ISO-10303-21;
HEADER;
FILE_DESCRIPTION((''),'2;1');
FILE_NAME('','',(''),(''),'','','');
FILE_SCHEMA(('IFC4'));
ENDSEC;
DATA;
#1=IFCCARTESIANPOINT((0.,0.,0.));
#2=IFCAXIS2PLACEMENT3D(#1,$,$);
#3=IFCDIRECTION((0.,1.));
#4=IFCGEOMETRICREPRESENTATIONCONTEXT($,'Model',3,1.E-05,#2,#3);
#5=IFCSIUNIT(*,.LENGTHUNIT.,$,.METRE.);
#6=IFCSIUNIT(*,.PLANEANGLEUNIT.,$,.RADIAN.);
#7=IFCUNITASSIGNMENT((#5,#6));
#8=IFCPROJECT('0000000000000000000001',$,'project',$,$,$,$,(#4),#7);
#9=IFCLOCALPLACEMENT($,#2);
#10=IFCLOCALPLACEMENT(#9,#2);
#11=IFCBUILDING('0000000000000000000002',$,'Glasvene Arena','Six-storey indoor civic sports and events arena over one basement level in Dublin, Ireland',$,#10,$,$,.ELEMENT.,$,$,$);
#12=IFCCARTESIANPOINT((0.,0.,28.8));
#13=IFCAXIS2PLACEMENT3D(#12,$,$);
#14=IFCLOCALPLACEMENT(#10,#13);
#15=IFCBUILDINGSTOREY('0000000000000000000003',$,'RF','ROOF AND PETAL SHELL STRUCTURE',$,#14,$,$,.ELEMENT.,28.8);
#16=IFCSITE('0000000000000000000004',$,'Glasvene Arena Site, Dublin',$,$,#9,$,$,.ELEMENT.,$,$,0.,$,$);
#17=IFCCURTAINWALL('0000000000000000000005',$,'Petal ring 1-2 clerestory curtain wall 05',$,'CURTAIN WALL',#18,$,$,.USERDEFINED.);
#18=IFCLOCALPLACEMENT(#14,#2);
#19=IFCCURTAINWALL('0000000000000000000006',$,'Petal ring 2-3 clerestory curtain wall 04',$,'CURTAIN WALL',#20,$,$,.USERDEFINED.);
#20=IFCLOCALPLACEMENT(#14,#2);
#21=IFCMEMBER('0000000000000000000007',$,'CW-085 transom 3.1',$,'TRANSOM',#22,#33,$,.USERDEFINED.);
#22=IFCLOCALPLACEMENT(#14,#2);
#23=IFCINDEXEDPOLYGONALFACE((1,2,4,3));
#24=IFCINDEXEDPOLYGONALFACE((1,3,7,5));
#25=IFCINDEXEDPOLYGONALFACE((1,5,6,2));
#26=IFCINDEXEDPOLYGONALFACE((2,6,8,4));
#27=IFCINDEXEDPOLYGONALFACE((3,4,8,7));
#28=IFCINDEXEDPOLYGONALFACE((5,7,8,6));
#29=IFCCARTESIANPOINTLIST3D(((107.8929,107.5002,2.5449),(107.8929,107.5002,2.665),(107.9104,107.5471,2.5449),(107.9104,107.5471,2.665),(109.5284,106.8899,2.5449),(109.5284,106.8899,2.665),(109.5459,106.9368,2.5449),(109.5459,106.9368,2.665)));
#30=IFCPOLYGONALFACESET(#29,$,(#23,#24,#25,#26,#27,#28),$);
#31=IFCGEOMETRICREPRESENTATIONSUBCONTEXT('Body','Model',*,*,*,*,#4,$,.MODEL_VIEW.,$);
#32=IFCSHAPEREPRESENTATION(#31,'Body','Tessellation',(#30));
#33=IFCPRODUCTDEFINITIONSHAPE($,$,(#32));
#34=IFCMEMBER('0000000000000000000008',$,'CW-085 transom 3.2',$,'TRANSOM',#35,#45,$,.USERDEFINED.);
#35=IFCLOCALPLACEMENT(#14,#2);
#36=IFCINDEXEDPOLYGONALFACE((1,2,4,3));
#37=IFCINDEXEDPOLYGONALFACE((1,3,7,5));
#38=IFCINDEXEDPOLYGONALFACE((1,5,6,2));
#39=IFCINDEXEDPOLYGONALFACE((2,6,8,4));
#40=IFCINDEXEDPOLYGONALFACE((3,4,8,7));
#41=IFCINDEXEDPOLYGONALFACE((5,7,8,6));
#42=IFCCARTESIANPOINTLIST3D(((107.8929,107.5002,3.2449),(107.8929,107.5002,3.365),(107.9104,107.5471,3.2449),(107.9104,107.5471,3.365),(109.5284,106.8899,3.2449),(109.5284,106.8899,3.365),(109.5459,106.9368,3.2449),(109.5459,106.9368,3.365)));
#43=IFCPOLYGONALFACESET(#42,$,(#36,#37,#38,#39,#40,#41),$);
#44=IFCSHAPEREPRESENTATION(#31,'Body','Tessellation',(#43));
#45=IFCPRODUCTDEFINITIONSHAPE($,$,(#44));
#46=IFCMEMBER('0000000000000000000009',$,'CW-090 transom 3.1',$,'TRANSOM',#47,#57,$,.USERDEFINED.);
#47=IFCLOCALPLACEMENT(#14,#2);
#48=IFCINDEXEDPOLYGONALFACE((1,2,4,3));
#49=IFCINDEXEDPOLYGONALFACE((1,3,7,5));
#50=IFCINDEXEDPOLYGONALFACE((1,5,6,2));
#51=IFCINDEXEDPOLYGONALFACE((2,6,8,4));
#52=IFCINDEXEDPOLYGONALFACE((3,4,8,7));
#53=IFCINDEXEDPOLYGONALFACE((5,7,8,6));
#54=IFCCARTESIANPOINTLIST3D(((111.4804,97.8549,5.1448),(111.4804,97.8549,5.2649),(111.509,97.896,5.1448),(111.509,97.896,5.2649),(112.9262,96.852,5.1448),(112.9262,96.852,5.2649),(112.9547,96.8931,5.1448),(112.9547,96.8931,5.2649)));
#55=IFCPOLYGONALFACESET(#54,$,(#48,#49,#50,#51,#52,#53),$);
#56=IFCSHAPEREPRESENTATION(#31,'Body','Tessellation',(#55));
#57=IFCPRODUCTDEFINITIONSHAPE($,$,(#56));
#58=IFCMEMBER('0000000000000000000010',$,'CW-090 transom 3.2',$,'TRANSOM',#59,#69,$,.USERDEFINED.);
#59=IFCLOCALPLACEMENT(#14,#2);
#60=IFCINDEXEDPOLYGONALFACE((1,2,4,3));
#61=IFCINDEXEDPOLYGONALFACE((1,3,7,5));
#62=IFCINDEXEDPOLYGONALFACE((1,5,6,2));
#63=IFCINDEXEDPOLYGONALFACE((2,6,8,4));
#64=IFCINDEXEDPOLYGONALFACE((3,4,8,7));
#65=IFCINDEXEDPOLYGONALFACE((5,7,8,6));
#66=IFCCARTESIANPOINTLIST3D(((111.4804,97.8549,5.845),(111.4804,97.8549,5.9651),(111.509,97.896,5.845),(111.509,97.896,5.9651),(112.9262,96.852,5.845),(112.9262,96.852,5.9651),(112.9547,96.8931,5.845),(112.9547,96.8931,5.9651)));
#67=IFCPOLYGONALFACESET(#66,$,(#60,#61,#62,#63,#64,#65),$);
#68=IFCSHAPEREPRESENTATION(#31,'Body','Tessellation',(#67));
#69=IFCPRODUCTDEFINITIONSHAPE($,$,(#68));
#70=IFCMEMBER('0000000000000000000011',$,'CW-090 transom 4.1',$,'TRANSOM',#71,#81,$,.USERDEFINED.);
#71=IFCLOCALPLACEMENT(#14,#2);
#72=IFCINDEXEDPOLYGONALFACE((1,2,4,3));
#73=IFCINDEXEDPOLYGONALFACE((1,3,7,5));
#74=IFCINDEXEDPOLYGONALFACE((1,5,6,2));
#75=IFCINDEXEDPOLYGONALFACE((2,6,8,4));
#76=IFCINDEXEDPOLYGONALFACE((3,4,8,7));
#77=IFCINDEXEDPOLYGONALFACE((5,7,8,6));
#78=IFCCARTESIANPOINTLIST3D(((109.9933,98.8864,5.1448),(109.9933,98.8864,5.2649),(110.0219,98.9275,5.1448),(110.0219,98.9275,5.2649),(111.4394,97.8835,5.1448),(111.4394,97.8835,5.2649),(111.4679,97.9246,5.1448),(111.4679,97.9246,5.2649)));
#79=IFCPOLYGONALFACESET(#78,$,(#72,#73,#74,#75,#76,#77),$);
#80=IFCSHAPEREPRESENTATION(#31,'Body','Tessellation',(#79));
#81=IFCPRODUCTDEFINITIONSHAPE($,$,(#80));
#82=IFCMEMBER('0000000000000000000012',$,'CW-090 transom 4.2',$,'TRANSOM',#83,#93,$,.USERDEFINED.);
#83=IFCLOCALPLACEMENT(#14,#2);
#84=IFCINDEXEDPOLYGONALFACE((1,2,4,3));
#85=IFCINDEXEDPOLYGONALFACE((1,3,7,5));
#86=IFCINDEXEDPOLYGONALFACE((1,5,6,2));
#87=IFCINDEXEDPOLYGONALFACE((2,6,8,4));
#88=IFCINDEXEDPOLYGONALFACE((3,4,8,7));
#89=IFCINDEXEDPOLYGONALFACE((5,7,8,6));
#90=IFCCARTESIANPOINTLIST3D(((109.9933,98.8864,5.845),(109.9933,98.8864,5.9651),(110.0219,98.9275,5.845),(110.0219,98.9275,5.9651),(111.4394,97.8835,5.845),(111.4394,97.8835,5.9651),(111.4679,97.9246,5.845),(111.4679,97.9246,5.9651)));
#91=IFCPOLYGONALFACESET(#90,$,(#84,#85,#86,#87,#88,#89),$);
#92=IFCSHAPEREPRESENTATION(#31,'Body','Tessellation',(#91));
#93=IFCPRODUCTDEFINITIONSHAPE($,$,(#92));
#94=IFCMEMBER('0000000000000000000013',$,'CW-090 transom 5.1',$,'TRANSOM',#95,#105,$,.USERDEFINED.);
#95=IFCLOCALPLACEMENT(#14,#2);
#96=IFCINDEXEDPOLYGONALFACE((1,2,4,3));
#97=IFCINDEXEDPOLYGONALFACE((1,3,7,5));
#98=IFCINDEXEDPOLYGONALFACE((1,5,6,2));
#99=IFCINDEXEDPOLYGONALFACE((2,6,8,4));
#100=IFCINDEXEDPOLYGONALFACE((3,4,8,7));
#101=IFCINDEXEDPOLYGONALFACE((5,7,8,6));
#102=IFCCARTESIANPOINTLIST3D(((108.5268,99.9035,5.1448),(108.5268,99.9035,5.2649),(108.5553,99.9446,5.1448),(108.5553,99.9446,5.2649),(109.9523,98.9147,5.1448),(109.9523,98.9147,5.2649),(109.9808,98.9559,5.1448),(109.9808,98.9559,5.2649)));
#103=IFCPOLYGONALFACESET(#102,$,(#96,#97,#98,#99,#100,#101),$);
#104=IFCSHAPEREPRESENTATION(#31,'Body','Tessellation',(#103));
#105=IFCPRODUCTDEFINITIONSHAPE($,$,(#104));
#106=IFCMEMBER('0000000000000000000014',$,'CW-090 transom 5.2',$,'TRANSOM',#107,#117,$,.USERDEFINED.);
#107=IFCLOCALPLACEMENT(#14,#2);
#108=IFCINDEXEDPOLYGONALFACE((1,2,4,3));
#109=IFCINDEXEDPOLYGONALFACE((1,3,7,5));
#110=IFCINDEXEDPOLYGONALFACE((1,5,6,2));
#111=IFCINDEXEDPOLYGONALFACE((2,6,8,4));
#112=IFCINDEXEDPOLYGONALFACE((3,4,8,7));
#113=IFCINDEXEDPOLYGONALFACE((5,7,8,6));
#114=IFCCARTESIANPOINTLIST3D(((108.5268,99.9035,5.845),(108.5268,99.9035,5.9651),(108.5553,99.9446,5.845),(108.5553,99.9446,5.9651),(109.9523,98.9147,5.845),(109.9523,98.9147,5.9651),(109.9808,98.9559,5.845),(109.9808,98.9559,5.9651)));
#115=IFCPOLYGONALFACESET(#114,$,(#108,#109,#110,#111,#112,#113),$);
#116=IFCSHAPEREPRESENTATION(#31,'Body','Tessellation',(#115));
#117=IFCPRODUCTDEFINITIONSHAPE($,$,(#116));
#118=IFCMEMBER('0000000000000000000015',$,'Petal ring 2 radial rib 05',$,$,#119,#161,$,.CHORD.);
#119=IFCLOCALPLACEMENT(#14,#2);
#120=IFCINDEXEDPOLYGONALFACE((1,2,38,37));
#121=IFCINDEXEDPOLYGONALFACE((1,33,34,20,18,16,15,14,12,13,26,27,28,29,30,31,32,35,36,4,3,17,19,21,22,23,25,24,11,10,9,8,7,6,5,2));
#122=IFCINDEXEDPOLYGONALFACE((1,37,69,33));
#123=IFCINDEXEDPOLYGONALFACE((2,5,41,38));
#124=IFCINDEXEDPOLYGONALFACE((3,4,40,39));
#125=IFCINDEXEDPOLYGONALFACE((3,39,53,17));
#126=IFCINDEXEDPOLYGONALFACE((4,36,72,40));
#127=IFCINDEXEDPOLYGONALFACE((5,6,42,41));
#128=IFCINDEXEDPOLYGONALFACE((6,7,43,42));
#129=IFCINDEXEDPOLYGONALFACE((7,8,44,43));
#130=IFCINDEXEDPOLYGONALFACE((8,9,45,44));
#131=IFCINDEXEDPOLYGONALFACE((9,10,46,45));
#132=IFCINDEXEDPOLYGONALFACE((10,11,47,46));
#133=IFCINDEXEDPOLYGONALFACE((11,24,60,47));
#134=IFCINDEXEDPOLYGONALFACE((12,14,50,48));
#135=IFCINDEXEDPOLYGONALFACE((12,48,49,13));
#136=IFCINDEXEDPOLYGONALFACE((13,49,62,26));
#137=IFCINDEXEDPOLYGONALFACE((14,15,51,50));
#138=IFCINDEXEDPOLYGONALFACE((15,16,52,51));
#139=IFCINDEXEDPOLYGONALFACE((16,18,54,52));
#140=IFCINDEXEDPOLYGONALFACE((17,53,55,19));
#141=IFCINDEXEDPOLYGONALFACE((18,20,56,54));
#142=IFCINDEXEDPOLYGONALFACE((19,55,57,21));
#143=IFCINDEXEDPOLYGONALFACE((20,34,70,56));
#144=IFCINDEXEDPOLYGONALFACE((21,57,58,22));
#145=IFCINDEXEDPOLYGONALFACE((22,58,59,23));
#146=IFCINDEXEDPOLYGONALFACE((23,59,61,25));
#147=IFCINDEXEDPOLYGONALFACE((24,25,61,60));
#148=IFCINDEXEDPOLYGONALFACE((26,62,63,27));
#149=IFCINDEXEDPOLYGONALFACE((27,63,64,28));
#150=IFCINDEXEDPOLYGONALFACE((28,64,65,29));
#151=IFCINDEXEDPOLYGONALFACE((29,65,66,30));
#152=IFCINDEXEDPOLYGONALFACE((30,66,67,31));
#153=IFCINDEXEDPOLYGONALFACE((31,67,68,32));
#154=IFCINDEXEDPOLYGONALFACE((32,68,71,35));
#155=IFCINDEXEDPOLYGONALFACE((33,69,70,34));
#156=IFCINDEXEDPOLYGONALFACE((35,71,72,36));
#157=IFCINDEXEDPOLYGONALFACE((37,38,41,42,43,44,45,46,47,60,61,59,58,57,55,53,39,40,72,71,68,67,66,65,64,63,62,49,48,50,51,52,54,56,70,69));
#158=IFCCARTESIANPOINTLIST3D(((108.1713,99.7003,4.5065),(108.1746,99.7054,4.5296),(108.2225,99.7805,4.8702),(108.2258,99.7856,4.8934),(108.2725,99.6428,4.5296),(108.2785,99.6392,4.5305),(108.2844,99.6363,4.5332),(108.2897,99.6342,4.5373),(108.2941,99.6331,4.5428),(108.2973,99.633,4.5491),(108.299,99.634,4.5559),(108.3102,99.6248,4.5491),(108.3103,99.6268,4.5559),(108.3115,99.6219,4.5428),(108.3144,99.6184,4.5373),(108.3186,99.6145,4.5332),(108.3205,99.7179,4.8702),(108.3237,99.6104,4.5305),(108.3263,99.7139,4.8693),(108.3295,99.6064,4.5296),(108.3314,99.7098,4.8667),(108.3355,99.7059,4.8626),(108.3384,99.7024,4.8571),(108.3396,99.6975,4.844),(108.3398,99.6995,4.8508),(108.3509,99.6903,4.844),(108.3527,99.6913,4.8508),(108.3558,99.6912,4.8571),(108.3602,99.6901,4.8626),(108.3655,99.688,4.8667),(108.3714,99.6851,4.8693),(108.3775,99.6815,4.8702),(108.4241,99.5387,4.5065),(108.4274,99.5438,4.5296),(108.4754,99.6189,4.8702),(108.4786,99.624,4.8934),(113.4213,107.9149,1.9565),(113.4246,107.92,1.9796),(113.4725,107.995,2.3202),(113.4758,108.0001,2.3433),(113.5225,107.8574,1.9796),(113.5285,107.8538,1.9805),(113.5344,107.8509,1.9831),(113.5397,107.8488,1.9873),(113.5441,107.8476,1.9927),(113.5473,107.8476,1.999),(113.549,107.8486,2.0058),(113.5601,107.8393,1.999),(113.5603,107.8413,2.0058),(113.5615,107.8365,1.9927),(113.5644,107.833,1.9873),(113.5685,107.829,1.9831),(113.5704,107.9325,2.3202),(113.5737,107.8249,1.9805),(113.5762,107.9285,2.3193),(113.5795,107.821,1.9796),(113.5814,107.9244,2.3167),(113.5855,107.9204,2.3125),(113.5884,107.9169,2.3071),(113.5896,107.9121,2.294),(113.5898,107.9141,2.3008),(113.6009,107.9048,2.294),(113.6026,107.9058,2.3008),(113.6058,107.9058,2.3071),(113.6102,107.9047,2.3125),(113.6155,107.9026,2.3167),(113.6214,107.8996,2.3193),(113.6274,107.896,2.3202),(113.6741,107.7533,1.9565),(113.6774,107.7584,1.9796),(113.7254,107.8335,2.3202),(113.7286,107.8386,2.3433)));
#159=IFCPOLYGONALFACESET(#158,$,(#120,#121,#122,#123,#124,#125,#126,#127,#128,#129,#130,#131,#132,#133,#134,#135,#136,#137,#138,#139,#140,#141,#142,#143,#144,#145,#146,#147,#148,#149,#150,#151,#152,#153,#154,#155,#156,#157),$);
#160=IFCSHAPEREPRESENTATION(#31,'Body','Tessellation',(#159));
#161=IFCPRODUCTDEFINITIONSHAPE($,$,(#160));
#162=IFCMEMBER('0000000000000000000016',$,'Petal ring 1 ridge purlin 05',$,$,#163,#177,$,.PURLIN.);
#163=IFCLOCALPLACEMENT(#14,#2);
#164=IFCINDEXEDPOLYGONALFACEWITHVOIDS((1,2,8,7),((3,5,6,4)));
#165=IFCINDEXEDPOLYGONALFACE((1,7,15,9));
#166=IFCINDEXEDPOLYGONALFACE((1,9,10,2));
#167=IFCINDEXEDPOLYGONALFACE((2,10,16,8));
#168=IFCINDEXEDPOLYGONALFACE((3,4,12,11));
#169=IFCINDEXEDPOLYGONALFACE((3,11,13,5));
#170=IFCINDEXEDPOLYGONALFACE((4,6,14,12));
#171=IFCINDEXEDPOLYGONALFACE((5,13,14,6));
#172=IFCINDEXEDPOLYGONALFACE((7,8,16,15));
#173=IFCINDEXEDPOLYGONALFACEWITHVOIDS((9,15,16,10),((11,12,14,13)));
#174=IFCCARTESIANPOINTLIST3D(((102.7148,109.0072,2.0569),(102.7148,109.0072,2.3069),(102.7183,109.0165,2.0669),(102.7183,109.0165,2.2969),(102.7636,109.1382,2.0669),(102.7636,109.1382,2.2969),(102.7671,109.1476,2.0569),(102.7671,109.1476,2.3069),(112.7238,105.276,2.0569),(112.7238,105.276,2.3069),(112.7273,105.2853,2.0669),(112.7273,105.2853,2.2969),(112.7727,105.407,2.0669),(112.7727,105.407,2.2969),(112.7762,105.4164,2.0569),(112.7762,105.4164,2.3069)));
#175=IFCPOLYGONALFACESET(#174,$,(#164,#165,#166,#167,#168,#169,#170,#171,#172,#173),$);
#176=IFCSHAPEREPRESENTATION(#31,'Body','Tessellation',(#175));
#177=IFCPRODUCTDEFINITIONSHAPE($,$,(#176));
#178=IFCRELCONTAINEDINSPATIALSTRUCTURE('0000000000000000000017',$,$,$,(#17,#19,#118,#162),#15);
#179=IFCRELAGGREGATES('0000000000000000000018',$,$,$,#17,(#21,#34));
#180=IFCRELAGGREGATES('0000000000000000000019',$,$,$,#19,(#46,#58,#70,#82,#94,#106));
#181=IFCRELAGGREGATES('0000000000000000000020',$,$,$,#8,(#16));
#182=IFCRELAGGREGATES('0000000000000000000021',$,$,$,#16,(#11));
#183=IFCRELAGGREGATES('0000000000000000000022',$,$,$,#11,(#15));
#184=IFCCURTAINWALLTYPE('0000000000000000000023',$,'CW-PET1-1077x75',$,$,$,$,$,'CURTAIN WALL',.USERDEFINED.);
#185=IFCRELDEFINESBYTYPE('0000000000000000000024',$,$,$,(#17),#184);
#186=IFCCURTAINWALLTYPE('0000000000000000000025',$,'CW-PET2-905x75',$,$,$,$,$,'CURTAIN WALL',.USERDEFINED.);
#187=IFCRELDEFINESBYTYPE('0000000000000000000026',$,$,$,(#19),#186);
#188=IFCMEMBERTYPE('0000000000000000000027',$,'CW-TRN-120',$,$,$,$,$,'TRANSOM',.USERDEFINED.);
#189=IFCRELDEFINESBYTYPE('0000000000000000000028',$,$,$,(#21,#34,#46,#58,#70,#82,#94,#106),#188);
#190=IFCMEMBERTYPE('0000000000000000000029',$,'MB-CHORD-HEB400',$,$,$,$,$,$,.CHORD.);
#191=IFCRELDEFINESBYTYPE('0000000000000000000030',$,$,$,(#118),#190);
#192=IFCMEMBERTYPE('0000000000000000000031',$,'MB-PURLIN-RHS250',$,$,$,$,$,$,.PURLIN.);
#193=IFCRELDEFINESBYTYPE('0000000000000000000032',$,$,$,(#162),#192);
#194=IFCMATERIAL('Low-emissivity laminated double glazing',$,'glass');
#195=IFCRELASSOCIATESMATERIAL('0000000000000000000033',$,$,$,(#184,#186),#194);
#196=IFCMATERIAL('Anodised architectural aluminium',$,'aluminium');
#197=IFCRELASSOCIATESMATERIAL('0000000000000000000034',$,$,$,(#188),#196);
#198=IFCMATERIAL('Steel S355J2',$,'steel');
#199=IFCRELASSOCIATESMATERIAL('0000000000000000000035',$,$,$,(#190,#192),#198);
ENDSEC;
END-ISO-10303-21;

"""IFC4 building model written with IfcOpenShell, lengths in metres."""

from ifc_helpers import new_model, si_unit, direction, frame, origin, origin_2d, place, context, subcontext, project, spatial, rectangle, hollow_rectangle, i_section, extrude, material, material_profile, profile_set, type_object, element, aggregate, save


model = new_model("IFC4")

# Units and contexts
model_context = context("Model", 3, precision=1e-05, world=origin(), true_north=direction((0.0, 1.0)))
body_context = subcontext(model_context, "Body", "Model", "MODEL_VIEW")
ifc_project = project(units=[si_unit("LENGTHUNIT", "METRE"), si_unit("PLANEANGLEUNIT", "RADIAN")], contexts=[model_context])

# Site, building, storey
site_placement = place(None, origin())
site = spatial("IfcSite", under=ifc_project, at=site_placement, Name="Glasvene Arena Site, Dublin", CompositionType="ELEMENT", RefElevation=0.0)
building_placement = place(site_placement, origin())
building = spatial("IfcBuilding", under=site, at=building_placement, Name="Glasvene Arena", Description="Six-storey indoor civic sports and events arena over one basement level in Dublin, Ireland", CompositionType="ELEMENT")
storey_placement = place(building_placement, frame((0.0, 0.0, 28.8)))
storey = spatial("IfcBuildingStorey", under=building, at=storey_placement, Name="RF", Description="ROOF AND PETAL SHELL STRUCTURE", CompositionType="ELEMENT", Elevation=28.8)

# Curtain walls
ifc_material_1 = material(Name="Low-emissivity laminated double glazing", Category="glass")
ifc_material_2 = material(Name="Anodised architectural aluminium", Category="aluminium")
curtain_wall_type_1 = type_object("IfcCurtainWallType", Name="CW-PET1-1077x75", ElementType="CURTAIN WALL", PredefinedType="USERDEFINED", material=ifc_material_1)
curtain_wall_1_placement = place(storey_placement, frame((112.925, 105.6492, 0.0)))
curtain_wall_1 = element("IfcCurtainWall", 1, at=curtain_wall_1_placement, inside=storey, type_object=curtain_wall_type_1, Name="Petal ring 1-2 clerestory curtain wall 05", ObjectType="CURTAIN WALL", PredefinedType="USERDEFINED")
curtain_wall_type_2 = type_object("IfcCurtainWallType", Name="CW-PET2-905x75", ElementType="CURTAIN WALL", PredefinedType="USERDEFINED", material=ifc_material_1)
curtain_wall_2_placement = place(storey_placement, frame((115.9351, 94.7957, 0.0)))
curtain_wall_2 = element("IfcCurtainWall", 2, at=curtain_wall_2_placement, inside=storey, type_object=curtain_wall_type_2, Name="Petal ring 2-3 clerestory curtain wall 04", ObjectType="CURTAIN WALL", PredefinedType="USERDEFINED")

# Members
ifc_material_profile_1 = material_profile(ifc_material_2, rectangle(XDim=0.05, YDim=0.1201, at=origin_2d()), Name="ALU TRANSOM 50x120")
ifc_profile_set_1 = profile_set([ifc_material_profile_1], Name="Anodised architectural aluminium")
member_type_1 = type_object("IfcMemberType", Name="CW-TRN-120", ElementType="TRANSOM", PredefinedType="USERDEFINED", material=ifc_profile_set_1)
member_1_placement = place(storey_placement, frame((109.5371, 106.9133, 2.605), z_axis=(-0.936885, 0.349636, 0.0), x_axis=(-0.349636, -0.936885, 0.0)))
member_1 = element("IfcMember", 3, at=member_1_placement, type_object=member_type_1, Name="CW-085 transom 3.1", ObjectType="TRANSOM", PredefinedType="USERDEFINED", context=body_context, shape_type="SweptSolid", body=[
    extrude(rectangle(XDim=0.05, YDim=0.1201, at=origin_2d()), origin(), (0.0, 0.0, 1.0), 1.7456),
])
member_2_placement = place(storey_placement, frame((109.5371, 106.9133, 3.3049), z_axis=(-0.936885, 0.349636, 0.0), x_axis=(-0.349636, -0.936885, 0.0)))
member_2 = element("IfcMember", 4, at=member_2_placement, type_object=member_type_1, Name="CW-085 transom 3.2", ObjectType="TRANSOM", PredefinedType="USERDEFINED", context=body_context, shape_type="SweptSolid", body=[
    extrude(rectangle(XDim=0.05, YDim=0.1201, at=origin_2d()), origin(), (0.0, 0.0, 1.0), 1.7456),
])
member_3_placement = place(storey_placement, frame((112.9404, 96.8726, 5.2048), z_axis=(-0.821662, 0.569975, 0.0), x_axis=(-0.569975, -0.821662, 0.0)))
member_3 = element("IfcMember", 5, at=member_3_placement, type_object=member_type_1, Name="CW-090 transom 3.1", ObjectType="TRANSOM", PredefinedType="USERDEFINED", context=body_context, shape_type="SweptSolid", body=[
    extrude(rectangle(XDim=0.05, YDim=0.1201, at=origin_2d()), origin(), (0.0, 0.0, 1.0), 1.7595),
])
member_4_placement = place(storey_placement, frame((112.9404, 96.8726, 5.905), z_axis=(-0.821662, 0.569975, 0.0), x_axis=(-0.569975, -0.821662, 0.0)))
member_4 = element("IfcMember", 6, at=member_4_placement, type_object=member_type_1, Name="CW-090 transom 3.2", ObjectType="TRANSOM", PredefinedType="USERDEFINED", context=body_context, shape_type="SweptSolid", body=[
    extrude(rectangle(XDim=0.05, YDim=0.1201, at=origin_2d()), origin(), (0.0, 0.0, 1.0), 1.7595),
])
member_5_placement = place(storey_placement, frame((111.4536, 97.9041, 5.2048), z_axis=(-0.821707, 0.56991, 0.0), x_axis=(-0.56991, -0.821707, 0.0)))
member_5 = element("IfcMember", 7, at=member_5_placement, type_object=member_type_1, Name="CW-090 transom 4.1", ObjectType="TRANSOM", PredefinedType="USERDEFINED", context=body_context, shape_type="SweptSolid", body=[
    extrude(rectangle(XDim=0.05, YDim=0.1201, at=origin_2d()), origin(), (0.0, 0.0, 1.0), 1.7598),
])
member_6_placement = place(storey_placement, frame((111.4536, 97.9041, 5.905), z_axis=(-0.821707, 0.56991, 0.0), x_axis=(-0.56991, -0.821707, 0.0)))
member_6 = element("IfcMember", 8, at=member_6_placement, type_object=member_type_1, Name="CW-090 transom 4.2", ObjectType="TRANSOM", PredefinedType="USERDEFINED", context=body_context, shape_type="SweptSolid", body=[
    extrude(rectangle(XDim=0.05, YDim=0.1201, at=origin_2d()), origin(), (0.0, 0.0, 1.0), 1.7598),
])
member_7_placement = place(storey_placement, frame((109.9666, 98.9353, 5.2048), z_axis=(-0.82169, 0.569934, 0.0), x_axis=(-0.569934, -0.82169, 0.0)))
member_7 = element("IfcMember", 9, at=member_7_placement, type_object=member_type_1, Name="CW-090 transom 5.1", ObjectType="TRANSOM", PredefinedType="USERDEFINED", context=body_context, shape_type="SweptSolid", body=[
    extrude(rectangle(XDim=0.05, YDim=0.1201, at=origin_2d()), origin(), (0.0, 0.0, 1.0), 1.7349),
])
member_8_placement = place(storey_placement, frame((109.9666, 98.9353, 5.905), z_axis=(-0.82169, 0.569934, 0.0), x_axis=(-0.569934, -0.82169, 0.0)))
member_8 = element("IfcMember", 10, at=member_8_placement, type_object=member_type_1, Name="CW-090 transom 5.2", ObjectType="TRANSOM", PredefinedType="USERDEFINED", context=body_context, shape_type="SweptSolid", body=[
    extrude(rectangle(XDim=0.05, YDim=0.1201, at=origin_2d()), origin(), (0.0, 0.0, 1.0), 1.7349),
])

# Members
ifc_material_3 = material(Name="Steel S355J2", Category="steel")
ifc_material_profile_2 = material_profile(ifc_material_3, i_section(OverallWidth=0.3, OverallDepth=0.3999, WebThickness=0.0134, FlangeThickness=0.0239, FilletRadius=0.0271, at=origin_2d()), Name="HEB 400")
ifc_profile_set_2 = profile_set([ifc_material_profile_2], Name="Steel S355J2")
member_type_2 = type_object("IfcMemberType", Name="MB-CHORD-HEB400", PredefinedType="CHORD", material=ifc_profile_set_2)
member_9_placement = place(storey_placement, frame((113.575, 107.8767, 2.1499), z_axis=(-0.520991, -0.815187, 0.253058), x_axis=(0.842613, -0.538519, 0.0)))
element("IfcMember", 11, at=member_9_placement, inside=storey, type_object=member_type_2, Name="Petal ring 2 radial rib 05", PredefinedType="CHORD", context=body_context, shape_type="SweptSolid", body=[
    extrude(i_section(OverallWidth=0.3, OverallDepth=0.3999, WebThickness=0.0134, FlangeThickness=0.0239, FilletRadius=0.0271, at=origin_2d()), origin(), (0.0, 0.0, 1.0), 10.0769),
])
ifc_material_profile_3 = material_profile(ifc_material_3, hollow_rectangle(XDim=0.1499, YDim=0.25, WallThickness=0.01, at=origin_2d()), Name="RHS 250x150x10.0")
ifc_profile_set_3 = profile_set([ifc_material_profile_3], Name="Steel S355J2")
member_type_3 = type_object("IfcMemberType", Name="MB-PURLIN-RHS250", PredefinedType="PURLIN", material=ifc_profile_set_3)
member_10_placement = place(storey_placement, frame((112.75, 105.3462, 2.1819), z_axis=(-0.93701, 0.349302, 0.0), x_axis=(-0.349302, -0.93701, 0.0)))
element("IfcMember", 12, at=member_10_placement, inside=storey, type_object=member_type_3, Name="Petal ring 1 ridge purlin 05", PredefinedType="PURLIN", context=body_context, shape_type="SweptSolid", body=[
    extrude(hollow_rectangle(XDim=0.1499, YDim=0.25, WallThickness=0.01, at=origin_2d()), origin(), (0.0, 0.0, 1.0), 10.6819),
])

aggregate(curtain_wall_1, [member_1, member_2])
aggregate(curtain_wall_2, [member_3, member_4, member_5, member_6, member_7, member_8])

save(model, "model.ifc")
